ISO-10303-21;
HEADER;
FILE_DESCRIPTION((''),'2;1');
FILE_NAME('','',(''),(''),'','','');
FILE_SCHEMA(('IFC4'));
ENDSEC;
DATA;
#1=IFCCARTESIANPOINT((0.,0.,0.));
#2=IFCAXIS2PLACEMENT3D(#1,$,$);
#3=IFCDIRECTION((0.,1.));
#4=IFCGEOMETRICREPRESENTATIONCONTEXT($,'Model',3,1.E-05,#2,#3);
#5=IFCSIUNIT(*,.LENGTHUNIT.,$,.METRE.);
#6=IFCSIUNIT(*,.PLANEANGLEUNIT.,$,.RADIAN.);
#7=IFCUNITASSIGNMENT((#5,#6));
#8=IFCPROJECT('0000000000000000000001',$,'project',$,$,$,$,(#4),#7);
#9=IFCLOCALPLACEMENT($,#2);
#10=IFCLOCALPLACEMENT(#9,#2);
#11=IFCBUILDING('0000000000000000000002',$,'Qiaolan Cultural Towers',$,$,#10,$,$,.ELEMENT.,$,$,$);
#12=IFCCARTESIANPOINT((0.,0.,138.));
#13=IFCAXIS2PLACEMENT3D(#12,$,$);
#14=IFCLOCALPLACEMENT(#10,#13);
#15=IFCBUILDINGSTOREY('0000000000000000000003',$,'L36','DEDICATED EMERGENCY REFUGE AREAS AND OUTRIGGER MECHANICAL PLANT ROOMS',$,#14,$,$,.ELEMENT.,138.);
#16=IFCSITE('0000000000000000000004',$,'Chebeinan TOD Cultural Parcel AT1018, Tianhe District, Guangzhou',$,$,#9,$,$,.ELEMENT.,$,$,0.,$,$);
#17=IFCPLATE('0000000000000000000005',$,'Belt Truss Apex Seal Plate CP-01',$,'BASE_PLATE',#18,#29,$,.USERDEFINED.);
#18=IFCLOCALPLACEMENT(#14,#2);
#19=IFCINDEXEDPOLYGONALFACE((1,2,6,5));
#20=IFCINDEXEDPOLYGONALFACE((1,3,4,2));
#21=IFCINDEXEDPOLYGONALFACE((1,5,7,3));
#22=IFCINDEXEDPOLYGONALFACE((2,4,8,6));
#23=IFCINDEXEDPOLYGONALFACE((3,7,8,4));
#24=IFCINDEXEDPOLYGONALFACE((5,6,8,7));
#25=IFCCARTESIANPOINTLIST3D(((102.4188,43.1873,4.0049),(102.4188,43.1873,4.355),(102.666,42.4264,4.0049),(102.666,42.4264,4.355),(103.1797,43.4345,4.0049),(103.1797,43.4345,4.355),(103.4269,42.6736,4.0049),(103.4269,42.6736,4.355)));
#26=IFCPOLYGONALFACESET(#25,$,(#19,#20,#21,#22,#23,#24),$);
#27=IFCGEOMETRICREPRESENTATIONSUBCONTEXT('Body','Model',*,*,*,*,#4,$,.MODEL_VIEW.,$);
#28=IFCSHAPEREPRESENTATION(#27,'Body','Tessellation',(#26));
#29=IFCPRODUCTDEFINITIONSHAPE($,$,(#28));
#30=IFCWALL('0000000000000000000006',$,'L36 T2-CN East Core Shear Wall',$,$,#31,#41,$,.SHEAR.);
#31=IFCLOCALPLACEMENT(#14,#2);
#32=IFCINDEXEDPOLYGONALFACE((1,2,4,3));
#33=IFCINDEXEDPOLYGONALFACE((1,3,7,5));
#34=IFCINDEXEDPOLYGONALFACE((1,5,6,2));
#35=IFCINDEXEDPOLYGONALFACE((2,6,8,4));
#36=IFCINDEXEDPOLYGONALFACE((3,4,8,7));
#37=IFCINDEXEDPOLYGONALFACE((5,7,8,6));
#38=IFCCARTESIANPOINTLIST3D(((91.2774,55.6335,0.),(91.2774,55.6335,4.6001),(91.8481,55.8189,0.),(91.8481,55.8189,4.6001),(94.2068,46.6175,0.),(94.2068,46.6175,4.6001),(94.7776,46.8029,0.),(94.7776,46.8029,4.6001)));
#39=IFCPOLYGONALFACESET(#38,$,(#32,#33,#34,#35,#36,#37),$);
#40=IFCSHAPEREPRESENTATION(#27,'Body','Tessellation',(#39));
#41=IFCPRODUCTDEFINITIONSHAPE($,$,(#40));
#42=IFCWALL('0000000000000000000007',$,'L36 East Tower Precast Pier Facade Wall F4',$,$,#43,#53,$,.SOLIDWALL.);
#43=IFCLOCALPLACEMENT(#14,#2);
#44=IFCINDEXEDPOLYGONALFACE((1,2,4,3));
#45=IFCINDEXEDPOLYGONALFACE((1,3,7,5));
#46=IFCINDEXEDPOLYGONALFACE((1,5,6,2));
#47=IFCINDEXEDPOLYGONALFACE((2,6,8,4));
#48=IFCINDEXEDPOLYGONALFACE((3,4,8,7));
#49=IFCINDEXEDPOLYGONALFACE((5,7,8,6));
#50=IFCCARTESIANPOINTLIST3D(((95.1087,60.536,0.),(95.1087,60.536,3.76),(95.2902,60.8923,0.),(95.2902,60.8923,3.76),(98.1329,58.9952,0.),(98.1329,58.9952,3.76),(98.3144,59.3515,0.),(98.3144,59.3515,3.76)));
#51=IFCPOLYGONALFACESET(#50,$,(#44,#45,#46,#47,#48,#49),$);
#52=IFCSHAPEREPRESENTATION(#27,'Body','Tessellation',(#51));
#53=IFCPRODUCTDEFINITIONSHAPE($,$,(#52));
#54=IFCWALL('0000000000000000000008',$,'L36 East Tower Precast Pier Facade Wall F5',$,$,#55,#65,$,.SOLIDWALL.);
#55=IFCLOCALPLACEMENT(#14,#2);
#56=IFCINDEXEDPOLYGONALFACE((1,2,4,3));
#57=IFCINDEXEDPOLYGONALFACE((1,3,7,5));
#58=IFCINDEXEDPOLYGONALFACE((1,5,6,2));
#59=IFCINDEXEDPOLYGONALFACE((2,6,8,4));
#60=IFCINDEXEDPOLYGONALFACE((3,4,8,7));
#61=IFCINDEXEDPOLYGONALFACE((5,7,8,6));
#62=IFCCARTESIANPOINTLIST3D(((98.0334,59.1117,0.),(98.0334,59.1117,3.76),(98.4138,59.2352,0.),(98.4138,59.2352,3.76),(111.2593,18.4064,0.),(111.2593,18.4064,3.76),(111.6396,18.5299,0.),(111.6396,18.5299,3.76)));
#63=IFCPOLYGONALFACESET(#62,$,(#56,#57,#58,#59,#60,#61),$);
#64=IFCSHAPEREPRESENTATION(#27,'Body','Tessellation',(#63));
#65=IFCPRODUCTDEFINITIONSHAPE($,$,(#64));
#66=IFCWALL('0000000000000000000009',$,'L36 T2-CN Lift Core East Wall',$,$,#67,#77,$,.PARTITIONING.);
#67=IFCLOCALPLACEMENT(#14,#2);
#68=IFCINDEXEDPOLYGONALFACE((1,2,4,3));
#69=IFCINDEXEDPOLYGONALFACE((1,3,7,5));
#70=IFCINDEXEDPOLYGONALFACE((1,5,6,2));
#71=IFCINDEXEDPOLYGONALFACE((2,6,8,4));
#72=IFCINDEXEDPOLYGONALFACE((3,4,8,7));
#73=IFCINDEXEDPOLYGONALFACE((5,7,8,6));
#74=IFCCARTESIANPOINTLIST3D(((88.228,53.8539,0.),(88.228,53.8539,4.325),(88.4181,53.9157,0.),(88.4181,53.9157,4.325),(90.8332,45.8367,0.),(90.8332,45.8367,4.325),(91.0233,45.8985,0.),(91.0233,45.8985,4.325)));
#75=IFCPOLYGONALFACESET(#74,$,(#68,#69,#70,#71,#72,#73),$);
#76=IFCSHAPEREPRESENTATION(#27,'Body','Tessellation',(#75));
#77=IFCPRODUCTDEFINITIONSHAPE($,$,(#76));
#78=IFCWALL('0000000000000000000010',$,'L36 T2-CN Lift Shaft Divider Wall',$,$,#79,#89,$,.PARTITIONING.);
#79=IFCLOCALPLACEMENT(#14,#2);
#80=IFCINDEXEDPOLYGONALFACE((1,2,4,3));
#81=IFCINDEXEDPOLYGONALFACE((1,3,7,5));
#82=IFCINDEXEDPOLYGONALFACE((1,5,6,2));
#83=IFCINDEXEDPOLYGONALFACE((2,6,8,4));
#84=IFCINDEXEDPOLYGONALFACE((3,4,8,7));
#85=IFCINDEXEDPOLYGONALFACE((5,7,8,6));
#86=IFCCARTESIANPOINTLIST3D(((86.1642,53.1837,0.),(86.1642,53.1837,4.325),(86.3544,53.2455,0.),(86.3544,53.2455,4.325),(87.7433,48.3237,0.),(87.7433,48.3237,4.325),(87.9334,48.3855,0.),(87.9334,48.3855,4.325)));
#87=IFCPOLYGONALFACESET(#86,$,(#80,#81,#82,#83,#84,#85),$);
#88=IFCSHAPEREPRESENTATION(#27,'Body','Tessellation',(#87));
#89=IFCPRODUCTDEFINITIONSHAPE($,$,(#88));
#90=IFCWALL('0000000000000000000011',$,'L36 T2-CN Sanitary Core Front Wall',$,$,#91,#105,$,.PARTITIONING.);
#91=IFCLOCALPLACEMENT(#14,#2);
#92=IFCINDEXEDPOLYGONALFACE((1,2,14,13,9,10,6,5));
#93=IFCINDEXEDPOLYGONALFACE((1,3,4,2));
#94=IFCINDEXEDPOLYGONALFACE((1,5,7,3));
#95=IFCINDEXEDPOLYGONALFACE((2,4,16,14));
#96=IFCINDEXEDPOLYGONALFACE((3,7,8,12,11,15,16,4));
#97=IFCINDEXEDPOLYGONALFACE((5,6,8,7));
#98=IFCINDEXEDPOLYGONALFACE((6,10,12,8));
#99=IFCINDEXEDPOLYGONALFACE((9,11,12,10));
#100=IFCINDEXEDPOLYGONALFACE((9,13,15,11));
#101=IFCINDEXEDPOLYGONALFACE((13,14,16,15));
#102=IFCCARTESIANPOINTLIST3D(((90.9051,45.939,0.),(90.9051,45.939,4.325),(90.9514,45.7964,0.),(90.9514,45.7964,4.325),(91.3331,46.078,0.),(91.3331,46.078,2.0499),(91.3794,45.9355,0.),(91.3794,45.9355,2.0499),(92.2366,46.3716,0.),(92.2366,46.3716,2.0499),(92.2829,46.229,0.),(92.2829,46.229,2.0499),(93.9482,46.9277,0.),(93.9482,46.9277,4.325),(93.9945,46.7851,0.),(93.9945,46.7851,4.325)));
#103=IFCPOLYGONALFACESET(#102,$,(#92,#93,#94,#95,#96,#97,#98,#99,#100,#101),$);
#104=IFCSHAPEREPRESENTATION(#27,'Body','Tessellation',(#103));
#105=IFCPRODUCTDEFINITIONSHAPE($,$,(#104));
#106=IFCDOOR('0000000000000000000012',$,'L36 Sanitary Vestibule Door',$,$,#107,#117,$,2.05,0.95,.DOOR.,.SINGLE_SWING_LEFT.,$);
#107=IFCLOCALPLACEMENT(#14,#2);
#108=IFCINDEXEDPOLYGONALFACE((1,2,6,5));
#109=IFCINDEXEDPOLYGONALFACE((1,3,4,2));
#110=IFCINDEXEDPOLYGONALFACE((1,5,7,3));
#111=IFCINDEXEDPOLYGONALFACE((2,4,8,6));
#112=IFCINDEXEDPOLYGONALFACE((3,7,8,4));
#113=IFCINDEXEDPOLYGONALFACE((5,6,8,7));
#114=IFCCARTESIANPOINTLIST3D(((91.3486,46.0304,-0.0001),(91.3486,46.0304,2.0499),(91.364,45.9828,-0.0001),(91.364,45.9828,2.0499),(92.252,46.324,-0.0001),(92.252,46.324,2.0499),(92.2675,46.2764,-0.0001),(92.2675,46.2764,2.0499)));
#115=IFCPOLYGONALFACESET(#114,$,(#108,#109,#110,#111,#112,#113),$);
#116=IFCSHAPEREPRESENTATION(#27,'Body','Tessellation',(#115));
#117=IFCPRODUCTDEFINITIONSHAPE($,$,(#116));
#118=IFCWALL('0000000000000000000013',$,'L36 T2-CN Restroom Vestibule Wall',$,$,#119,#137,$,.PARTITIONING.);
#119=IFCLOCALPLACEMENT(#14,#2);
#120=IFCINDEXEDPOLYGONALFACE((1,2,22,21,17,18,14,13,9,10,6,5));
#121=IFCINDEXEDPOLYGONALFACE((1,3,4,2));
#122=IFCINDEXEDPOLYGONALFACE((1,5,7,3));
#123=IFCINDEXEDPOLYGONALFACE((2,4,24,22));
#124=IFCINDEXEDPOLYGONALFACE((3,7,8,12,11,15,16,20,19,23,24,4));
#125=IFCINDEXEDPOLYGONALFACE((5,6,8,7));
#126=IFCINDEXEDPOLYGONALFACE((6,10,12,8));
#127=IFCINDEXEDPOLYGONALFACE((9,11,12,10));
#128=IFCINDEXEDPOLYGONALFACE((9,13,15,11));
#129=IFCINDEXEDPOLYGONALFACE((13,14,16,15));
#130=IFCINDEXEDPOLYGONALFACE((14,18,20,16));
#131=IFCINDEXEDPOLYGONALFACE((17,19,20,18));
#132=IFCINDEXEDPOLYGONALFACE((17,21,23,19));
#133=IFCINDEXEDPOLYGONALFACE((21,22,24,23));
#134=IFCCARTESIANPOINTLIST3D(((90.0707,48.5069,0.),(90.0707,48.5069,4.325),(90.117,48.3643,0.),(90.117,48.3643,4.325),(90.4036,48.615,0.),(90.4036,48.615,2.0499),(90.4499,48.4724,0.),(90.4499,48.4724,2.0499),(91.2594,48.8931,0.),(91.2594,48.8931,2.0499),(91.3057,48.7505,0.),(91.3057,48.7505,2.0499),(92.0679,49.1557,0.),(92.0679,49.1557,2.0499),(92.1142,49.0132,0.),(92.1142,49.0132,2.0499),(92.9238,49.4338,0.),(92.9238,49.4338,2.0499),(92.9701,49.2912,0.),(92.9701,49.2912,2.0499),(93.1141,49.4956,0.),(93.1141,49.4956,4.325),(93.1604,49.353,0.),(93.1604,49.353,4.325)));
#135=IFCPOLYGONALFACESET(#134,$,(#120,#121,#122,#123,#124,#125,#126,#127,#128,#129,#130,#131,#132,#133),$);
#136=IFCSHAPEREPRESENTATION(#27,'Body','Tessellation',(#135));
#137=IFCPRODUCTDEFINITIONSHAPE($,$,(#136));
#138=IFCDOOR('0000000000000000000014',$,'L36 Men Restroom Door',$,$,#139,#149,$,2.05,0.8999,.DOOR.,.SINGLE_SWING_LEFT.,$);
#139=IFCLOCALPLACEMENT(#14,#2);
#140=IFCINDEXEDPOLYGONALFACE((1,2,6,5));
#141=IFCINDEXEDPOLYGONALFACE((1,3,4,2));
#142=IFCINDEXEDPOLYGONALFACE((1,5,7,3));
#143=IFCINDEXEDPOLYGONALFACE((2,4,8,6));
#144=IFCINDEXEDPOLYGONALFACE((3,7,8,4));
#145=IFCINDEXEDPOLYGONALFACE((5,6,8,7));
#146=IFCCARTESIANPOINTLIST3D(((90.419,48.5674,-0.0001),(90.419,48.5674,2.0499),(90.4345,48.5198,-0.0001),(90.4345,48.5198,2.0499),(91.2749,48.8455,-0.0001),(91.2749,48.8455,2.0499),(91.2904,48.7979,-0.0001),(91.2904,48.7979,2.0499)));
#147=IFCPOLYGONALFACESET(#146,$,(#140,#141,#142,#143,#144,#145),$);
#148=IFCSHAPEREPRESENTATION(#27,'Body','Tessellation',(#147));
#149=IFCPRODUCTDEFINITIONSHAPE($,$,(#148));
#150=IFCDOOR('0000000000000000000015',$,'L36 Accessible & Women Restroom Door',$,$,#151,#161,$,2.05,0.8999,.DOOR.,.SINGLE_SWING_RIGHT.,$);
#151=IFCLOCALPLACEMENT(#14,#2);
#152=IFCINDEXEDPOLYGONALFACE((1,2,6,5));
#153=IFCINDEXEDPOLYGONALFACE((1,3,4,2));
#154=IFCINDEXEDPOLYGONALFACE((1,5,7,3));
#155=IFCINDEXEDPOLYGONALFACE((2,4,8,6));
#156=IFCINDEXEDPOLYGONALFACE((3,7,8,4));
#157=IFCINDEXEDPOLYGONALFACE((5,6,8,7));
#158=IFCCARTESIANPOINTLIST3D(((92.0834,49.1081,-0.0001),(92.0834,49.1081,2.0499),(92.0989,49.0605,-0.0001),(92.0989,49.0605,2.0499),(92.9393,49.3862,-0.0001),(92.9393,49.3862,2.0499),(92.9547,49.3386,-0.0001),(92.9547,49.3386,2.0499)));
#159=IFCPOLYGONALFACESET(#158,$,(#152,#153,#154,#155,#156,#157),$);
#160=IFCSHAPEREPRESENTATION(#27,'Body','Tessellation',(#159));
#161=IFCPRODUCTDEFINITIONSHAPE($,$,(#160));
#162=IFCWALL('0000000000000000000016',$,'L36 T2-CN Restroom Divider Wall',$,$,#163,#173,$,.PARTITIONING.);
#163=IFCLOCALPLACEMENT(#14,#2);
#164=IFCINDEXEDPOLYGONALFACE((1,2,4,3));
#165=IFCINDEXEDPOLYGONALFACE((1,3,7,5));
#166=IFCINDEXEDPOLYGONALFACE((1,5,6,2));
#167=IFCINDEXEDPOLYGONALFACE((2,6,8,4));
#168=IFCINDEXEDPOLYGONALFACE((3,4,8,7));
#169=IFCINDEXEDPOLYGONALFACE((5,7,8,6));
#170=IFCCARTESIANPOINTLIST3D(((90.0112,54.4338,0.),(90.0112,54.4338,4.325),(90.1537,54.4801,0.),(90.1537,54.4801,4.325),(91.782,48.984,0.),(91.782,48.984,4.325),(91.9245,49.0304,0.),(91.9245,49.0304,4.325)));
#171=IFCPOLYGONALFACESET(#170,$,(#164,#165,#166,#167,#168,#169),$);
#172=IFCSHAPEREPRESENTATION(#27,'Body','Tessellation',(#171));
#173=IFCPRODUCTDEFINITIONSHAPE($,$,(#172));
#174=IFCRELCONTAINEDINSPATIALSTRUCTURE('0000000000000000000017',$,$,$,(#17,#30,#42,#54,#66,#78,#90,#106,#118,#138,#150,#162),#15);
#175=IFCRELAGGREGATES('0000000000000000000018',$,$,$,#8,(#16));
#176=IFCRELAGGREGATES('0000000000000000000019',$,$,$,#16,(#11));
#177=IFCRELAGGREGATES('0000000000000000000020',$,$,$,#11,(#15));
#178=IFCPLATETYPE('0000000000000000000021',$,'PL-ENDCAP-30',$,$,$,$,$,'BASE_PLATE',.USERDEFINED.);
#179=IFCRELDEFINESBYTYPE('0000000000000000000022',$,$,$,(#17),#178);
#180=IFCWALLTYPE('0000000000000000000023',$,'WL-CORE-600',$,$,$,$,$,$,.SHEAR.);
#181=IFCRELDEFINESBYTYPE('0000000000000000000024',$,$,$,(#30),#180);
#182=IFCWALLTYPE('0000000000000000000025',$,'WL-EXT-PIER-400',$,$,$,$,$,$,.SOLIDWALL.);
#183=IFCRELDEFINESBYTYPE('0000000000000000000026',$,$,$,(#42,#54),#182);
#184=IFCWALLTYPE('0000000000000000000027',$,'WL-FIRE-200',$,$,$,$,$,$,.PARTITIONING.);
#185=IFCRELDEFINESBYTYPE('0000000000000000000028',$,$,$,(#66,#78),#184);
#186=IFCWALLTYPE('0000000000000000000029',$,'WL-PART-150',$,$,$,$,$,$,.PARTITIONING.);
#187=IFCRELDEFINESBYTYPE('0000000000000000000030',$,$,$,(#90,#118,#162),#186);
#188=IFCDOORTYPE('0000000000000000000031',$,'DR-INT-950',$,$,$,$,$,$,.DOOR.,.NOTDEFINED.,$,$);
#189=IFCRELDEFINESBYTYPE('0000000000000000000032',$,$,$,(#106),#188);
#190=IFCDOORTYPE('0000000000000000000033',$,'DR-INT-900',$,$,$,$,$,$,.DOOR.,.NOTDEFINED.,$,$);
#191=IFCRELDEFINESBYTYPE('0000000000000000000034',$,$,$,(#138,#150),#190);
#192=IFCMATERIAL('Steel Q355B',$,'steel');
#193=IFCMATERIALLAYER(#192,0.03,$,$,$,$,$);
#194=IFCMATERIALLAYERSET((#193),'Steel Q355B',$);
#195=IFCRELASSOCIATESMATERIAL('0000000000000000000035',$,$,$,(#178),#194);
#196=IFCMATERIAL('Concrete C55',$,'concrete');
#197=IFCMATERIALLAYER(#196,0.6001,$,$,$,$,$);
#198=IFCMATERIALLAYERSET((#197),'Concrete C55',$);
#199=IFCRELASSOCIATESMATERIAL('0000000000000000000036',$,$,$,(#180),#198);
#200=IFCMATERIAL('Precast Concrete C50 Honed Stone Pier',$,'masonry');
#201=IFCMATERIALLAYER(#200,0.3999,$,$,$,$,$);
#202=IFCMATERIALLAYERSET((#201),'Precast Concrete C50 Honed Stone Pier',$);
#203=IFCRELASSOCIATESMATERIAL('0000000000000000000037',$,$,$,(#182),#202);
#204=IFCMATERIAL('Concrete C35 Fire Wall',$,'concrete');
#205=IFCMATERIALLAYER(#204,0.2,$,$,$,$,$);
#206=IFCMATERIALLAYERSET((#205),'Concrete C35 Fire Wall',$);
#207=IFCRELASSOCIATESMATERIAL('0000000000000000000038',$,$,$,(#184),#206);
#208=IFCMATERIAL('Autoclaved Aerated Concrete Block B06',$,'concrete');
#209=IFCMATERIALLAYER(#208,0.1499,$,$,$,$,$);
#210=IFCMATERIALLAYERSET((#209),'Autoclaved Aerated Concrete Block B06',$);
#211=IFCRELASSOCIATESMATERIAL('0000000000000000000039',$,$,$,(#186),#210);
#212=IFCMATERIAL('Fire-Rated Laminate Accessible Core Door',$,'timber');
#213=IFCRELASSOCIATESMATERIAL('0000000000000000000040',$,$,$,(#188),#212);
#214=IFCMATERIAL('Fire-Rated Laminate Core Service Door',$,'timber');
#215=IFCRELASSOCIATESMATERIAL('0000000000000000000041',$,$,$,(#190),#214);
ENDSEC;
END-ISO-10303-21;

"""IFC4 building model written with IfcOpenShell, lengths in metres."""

from ifc_helpers import new_model, si_unit, direction, frame, frame_2d, origin, origin_2d, place, context, subcontext, project, spatial, rectangle, extrude, material, layer, layer_set, type_object, element, fill, save


model = new_model("IFC4")

# Units and contexts
model_context = context("Model", 3, precision=1e-05, world=origin(), true_north=direction((0.0, 1.0)))
body_context = subcontext(model_context, "Body", "Model", "MODEL_VIEW")
ifc_project = project(units=[si_unit("LENGTHUNIT", "METRE"), si_unit("PLANEANGLEUNIT", "RADIAN")], contexts=[model_context])

# Site, building, storey
site_placement = place(None, origin())
site = spatial("IfcSite", under=ifc_project, at=site_placement, Name="Chebeinan TOD Cultural Parcel AT1018, Tianhe District, Guangzhou", CompositionType="ELEMENT", RefElevation=0.0)
building_placement = place(site_placement, origin())
building = spatial("IfcBuilding", under=site, at=building_placement, Name="Qiaolan Cultural Towers", CompositionType="ELEMENT")
storey_placement = place(building_placement, frame((0.0, 0.0, 138.0)))
storey = spatial("IfcBuildingStorey", under=building, at=storey_placement, Name="L36", Description="DEDICATED EMERGENCY REFUGE AREAS AND OUTRIGGER MECHANICAL PLANT ROOMS", CompositionType="ELEMENT", Elevation=138.0)

# Plate
ifc_material_1 = material(Name="Steel Q355B", Category="steel")
ifc_layer_1 = layer(ifc_material_1, 0.03)
ifc_layer_set_1 = layer_set([ifc_layer_1], Name="Steel Q355B")
plate_type_1 = type_object("IfcPlateType", Name="PL-ENDCAP-30", ElementType="BASE_PLATE", PredefinedType="USERDEFINED", material=ifc_layer_set_1)
plate_placement = place(storey_placement, frame((102.9229, 42.9304, 4.0049), z_axis=(0.0, 0.0, 1.0), x_axis=(0.951057, 0.309017, 0.0)))
element("IfcPlate", 1, at=plate_placement, inside=storey, type_object=plate_type_1, Name="Belt Truss Apex Seal Plate CP-01", ObjectType="BASE_PLATE", PredefinedType="USERDEFINED", context=body_context, shape_type="SweptSolid", body=[
    extrude(rectangle(XDim=0.8, YDim=0.8, at=origin_2d()), origin(), (0.0, 0.0, 1.0), 0.3501),
])

# Walls
ifc_material_2 = material(Name="Concrete C55", Category="concrete")
ifc_layer_2 = layer(ifc_material_2, 0.6001)
ifc_layer_set_2 = layer_set([ifc_layer_2], Name="Concrete C55")
wall_type_1 = type_object("IfcWallType", Name="WL-CORE-600", PredefinedType="SHEAR", material=ifc_layer_set_2)
wall_1_placement = place(storey_placement, frame((94.4922, 46.7102, 0.0), z_axis=(0.0, 0.0, 1.0), x_axis=(-0.30901, 0.951059, 0.0)))
element("IfcWall", 2, at=wall_1_placement, inside=storey, type_object=wall_type_1, Name="L36 T2-CN East Core Shear Wall", PredefinedType="SHEAR", context=body_context, shape_type="SweptSolid", body=[
    extrude(rectangle(XDim=9.48, YDim=0.6001, at=frame_2d((4.74, 0.0))), origin(), (0.0, 0.0, 1.0), 4.6001),
])
ifc_material_3 = material(Name="Precast Concrete C50 Honed Stone Pier", Category="masonry")
ifc_layer_3 = layer(ifc_material_3, 0.3999)
ifc_layer_set_3 = layer_set([ifc_layer_3], Name="Precast Concrete C50 Honed Stone Pier")
wall_type_2 = type_object("IfcWallType", Name="WL-EXT-PIER-400", PredefinedType="SOLIDWALL", material=ifc_layer_set_3)
wall_2_placement = place(storey_placement, frame((95.1995, 60.7141, 0.0), z_axis=(0.0, 0.0, 1.0), x_axis=(0.891021, -0.453962, 0.0)))
element("IfcWall", 3, at=wall_2_placement, inside=storey, type_object=wall_type_2, Name="L36 East Tower Precast Pier Facade Wall F4", PredefinedType="SOLIDWALL", context=body_context, shape_type="SweptSolid", body=[
    extrude(rectangle(XDim=3.394, YDim=0.3999, at=frame_2d((1.697, 0.0))), origin(), (0.0, 0.0, 1.0), 3.76),
])
wall_3_placement = place(storey_placement, frame((98.2236, 59.1733, 0.0), z_axis=(0.0, 0.0, 1.0), x_axis=(0.309014, -0.951057, 0.0)))
element("IfcWall", 4, at=wall_3_placement, inside=storey, type_object=wall_type_2, Name="L36 East Tower Precast Pier Facade Wall F5", PredefinedType="SOLIDWALL", context=body_context, shape_type="SweptSolid", body=[
    extrude(rectangle(XDim=42.8, YDim=0.3999, at=frame_2d((21.3999, 0.0))), origin(), (0.0, 0.0, 1.0), 3.76),
])
ifc_material_4 = material(Name="Concrete C35 Fire Wall", Category="concrete")
ifc_layer_4 = layer(ifc_material_4, 0.2)
ifc_layer_set_4 = layer_set([ifc_layer_4], Name="Concrete C35 Fire Wall")
wall_type_3 = type_object("IfcWallType", Name="WL-FIRE-200", PredefinedType="PARTITIONING", material=ifc_layer_set_4)
wall_4_placement = place(storey_placement, frame((90.9282, 45.8677, 0.0), z_axis=(0.0, 0.0, 1.0), x_axis=(-0.309042, 0.951048, 0.0)))
element("IfcWall", 5, at=wall_4_placement, inside=storey, type_object=wall_type_3, Name="L36 T2-CN Lift Core East Wall", PredefinedType="PARTITIONING", context=body_context, shape_type="SweptSolid", body=[
    extrude(rectangle(XDim=8.4299, YDim=0.2, at=frame_2d((4.2148, 0.0))), origin(), (0.0, 0.0, 1.0), 4.325),
])
wall_5_placement = place(storey_placement, frame((87.8384, 48.3545, 0.0), z_axis=(0.0, 0.0, 1.0), x_axis=(-0.309009, 0.951059, 0.0)))
element("IfcWall", 6, at=wall_5_placement, inside=storey, type_object=wall_type_3, Name="L36 T2-CN Lift Shaft Divider Wall", PredefinedType="PARTITIONING", context=body_context, shape_type="SweptSolid", body=[
    extrude(rectangle(XDim=5.1101, YDim=0.2, at=frame_2d((2.5552, 0.0))), origin(), (0.0, 0.0, 1.0), 4.325),
])

# Wall, opening, door
ifc_material_5 = material(Name="Autoclaved Aerated Concrete Block B06", Category="concrete")
ifc_layer_5 = layer(ifc_material_5, 0.1499)
ifc_layer_set_5 = layer_set([ifc_layer_5], Name="Autoclaved Aerated Concrete Block B06")
wall_type_4 = type_object("IfcWallType", Name="WL-PART-150", PredefinedType="PARTITIONING", material=ifc_layer_set_5)
wall_6_placement = place(storey_placement, frame((90.9282, 45.8677, 0.0), z_axis=(0.0, 0.0, 1.0), x_axis=(0.951059, 0.309008, 0.0)))
wall_6 = element("IfcWall", 7, at=wall_6_placement, inside=storey, type_object=wall_type_4, Name="L36 T2-CN Sanitary Core Front Wall", PredefinedType="PARTITIONING", context=body_context, shape_type="SweptSolid", body=[
    extrude(rectangle(XDim=3.1997, YDim=0.1499, at=frame_2d((1.5999, 0.0))), origin(), (0.0, 0.0, 1.0), 4.325),
])
opening_1_placement = place(wall_6_placement, frame((0.45, 0.0, 0.0)))
opening_1 = element("IfcOpeningElement", 8, at=opening_1_placement, cuts=wall_6, PredefinedType="OPENING", context=body_context, shape_type="SweptSolid", body=[
    extrude(rectangle(XDim=0.95, YDim=2.05, at=frame_2d((0.4751, 1.0249))), frame((0.0, 0.085, 0.0), z_axis=(0.0, -1.0, 0.0), x_axis=(1.0, 0.0, 0.0)), (0.0, 0.0, 1.0), 0.1699),
])
ifc_material_6 = material(Name="Fire-Rated Laminate Accessible Core Door", Category="timber")
door_type_1 = type_object("IfcDoorType", Name="DR-INT-950", OperationType="NOTDEFINED", PredefinedType="DOOR", material=ifc_material_6)
door_1_placement = place(opening_1_placement, origin())
door_1 = element("IfcDoor", 9, at=door_1_placement, inside=storey, type_object=door_type_1, Name="L36 Sanitary Vestibule Door", OperationType="SINGLE_SWING_LEFT", OverallHeight=2.05, OverallWidth=0.95, PredefinedType="DOOR", context=body_context, shape_type="SweptSolid", body=[
    extrude(rectangle(XDim=0.95, YDim=2.05, at=frame_2d((0.4751, 1.0249))), frame((0.0, 0.0249, 0.0), z_axis=(0.0, -1.0, 0.0), x_axis=(1.0, 0.0, 0.0)), (0.0, 0.0, 1.0), 0.05),
])
fill(opening_1, door_1)

# Wall, openings, doors
wall_7_placement = place(storey_placement, frame((90.0938, 48.4355, 0.0), z_axis=(0.0, 0.0, 1.0), x_axis=(0.951067, 0.308986, 0.0)))
wall_7 = element("IfcWall", 10, at=wall_7_placement, inside=storey, type_object=wall_type_4, Name="L36 T2-CN Restroom Vestibule Wall", PredefinedType="PARTITIONING", context=body_context, shape_type="SweptSolid", body=[
    extrude(rectangle(XDim=3.2, YDim=0.1499, at=frame_2d((1.6001, 0.0))), origin(), (0.0, 0.0, 1.0), 4.325),
])
opening_2_placement = place(wall_7_placement, frame((0.3501, 0.0, 0.0)))
opening_2 = element("IfcOpeningElement", 11, at=opening_2_placement, cuts=wall_7, PredefinedType="OPENING", context=body_context, shape_type="SweptSolid", body=[
    extrude(rectangle(XDim=0.8999, YDim=2.05, at=frame_2d((0.45, 1.0249))), frame((0.0, 0.085, 0.0), z_axis=(0.0, -1.0, 0.0), x_axis=(1.0, 0.0, 0.0)), (0.0, 0.0, 1.0), 0.1699),
])
opening_3_placement = place(wall_7_placement, frame((2.1001, 0.0, 0.0)))
opening_3 = element("IfcOpeningElement", 12, at=opening_3_placement, cuts=wall_7, PredefinedType="OPENING", context=body_context, shape_type="SweptSolid", body=[
    extrude(rectangle(XDim=0.8999, YDim=2.05, at=frame_2d((0.45, 1.0249))), frame((0.0, 0.085, 0.0), z_axis=(0.0, -1.0, 0.0), x_axis=(1.0, 0.0, 0.0)), (0.0, 0.0, 1.0), 0.1699),
])
ifc_material_7 = material(Name="Fire-Rated Laminate Core Service Door", Category="timber")
door_type_2 = type_object("IfcDoorType", Name="DR-INT-900", OperationType="NOTDEFINED", PredefinedType="DOOR", material=ifc_material_7)
door_2_placement = place(opening_2_placement, origin())
door_2 = element("IfcDoor", 13, at=door_2_placement, inside=storey, type_object=door_type_2, Name="L36 Men Restroom Door", OperationType="SINGLE_SWING_LEFT", OverallHeight=2.05, OverallWidth=0.8999, PredefinedType="DOOR", context=body_context, shape_type="SweptSolid", body=[
    extrude(rectangle(XDim=0.8999, YDim=2.05, at=frame_2d((0.45, 1.0249))), frame((0.0, 0.0249, 0.0), z_axis=(0.0, -1.0, 0.0), x_axis=(1.0, 0.0, 0.0)), (0.0, 0.0, 1.0), 0.05),
])
fill(opening_2, door_2)
door_3_placement = place(opening_3_placement, origin())
door_3 = element("IfcDoor", 14, at=door_3_placement, inside=storey, type_object=door_type_2, Name="L36 Accessible & Women Restroom Door", OperationType="SINGLE_SWING_RIGHT", OverallHeight=2.05, OverallWidth=0.8999, PredefinedType="DOOR", context=body_context, shape_type="SweptSolid", body=[
    extrude(rectangle(XDim=0.8999, YDim=2.05, at=frame_2d((0.45, 1.0249))), frame((0.0, 0.0249, 0.0), z_axis=(0.0, -1.0, 0.0), x_axis=(1.0, 0.0, 0.0)), (0.0, 0.0, 1.0), 0.05),
])
fill(opening_3, door_3)

# Wall
wall_8_placement = place(storey_placement, frame((91.8533, 49.0071, 0.0), z_axis=(0.0, 0.0, 1.0), x_axis=(-0.309022, 0.951055, 0.0)))
element("IfcWall", 15, at=wall_8_placement, inside=storey, type_object=wall_type_4, Name="L36 T2-CN Restroom Divider Wall", PredefinedType="PARTITIONING", context=body_context, shape_type="SweptSolid", body=[
    extrude(rectangle(XDim=5.7302, YDim=0.1499, at=frame_2d((2.8652, 0.0))), origin(), (0.0, 0.0, 1.0), 4.325),
])

save(model, "model.ifc")
